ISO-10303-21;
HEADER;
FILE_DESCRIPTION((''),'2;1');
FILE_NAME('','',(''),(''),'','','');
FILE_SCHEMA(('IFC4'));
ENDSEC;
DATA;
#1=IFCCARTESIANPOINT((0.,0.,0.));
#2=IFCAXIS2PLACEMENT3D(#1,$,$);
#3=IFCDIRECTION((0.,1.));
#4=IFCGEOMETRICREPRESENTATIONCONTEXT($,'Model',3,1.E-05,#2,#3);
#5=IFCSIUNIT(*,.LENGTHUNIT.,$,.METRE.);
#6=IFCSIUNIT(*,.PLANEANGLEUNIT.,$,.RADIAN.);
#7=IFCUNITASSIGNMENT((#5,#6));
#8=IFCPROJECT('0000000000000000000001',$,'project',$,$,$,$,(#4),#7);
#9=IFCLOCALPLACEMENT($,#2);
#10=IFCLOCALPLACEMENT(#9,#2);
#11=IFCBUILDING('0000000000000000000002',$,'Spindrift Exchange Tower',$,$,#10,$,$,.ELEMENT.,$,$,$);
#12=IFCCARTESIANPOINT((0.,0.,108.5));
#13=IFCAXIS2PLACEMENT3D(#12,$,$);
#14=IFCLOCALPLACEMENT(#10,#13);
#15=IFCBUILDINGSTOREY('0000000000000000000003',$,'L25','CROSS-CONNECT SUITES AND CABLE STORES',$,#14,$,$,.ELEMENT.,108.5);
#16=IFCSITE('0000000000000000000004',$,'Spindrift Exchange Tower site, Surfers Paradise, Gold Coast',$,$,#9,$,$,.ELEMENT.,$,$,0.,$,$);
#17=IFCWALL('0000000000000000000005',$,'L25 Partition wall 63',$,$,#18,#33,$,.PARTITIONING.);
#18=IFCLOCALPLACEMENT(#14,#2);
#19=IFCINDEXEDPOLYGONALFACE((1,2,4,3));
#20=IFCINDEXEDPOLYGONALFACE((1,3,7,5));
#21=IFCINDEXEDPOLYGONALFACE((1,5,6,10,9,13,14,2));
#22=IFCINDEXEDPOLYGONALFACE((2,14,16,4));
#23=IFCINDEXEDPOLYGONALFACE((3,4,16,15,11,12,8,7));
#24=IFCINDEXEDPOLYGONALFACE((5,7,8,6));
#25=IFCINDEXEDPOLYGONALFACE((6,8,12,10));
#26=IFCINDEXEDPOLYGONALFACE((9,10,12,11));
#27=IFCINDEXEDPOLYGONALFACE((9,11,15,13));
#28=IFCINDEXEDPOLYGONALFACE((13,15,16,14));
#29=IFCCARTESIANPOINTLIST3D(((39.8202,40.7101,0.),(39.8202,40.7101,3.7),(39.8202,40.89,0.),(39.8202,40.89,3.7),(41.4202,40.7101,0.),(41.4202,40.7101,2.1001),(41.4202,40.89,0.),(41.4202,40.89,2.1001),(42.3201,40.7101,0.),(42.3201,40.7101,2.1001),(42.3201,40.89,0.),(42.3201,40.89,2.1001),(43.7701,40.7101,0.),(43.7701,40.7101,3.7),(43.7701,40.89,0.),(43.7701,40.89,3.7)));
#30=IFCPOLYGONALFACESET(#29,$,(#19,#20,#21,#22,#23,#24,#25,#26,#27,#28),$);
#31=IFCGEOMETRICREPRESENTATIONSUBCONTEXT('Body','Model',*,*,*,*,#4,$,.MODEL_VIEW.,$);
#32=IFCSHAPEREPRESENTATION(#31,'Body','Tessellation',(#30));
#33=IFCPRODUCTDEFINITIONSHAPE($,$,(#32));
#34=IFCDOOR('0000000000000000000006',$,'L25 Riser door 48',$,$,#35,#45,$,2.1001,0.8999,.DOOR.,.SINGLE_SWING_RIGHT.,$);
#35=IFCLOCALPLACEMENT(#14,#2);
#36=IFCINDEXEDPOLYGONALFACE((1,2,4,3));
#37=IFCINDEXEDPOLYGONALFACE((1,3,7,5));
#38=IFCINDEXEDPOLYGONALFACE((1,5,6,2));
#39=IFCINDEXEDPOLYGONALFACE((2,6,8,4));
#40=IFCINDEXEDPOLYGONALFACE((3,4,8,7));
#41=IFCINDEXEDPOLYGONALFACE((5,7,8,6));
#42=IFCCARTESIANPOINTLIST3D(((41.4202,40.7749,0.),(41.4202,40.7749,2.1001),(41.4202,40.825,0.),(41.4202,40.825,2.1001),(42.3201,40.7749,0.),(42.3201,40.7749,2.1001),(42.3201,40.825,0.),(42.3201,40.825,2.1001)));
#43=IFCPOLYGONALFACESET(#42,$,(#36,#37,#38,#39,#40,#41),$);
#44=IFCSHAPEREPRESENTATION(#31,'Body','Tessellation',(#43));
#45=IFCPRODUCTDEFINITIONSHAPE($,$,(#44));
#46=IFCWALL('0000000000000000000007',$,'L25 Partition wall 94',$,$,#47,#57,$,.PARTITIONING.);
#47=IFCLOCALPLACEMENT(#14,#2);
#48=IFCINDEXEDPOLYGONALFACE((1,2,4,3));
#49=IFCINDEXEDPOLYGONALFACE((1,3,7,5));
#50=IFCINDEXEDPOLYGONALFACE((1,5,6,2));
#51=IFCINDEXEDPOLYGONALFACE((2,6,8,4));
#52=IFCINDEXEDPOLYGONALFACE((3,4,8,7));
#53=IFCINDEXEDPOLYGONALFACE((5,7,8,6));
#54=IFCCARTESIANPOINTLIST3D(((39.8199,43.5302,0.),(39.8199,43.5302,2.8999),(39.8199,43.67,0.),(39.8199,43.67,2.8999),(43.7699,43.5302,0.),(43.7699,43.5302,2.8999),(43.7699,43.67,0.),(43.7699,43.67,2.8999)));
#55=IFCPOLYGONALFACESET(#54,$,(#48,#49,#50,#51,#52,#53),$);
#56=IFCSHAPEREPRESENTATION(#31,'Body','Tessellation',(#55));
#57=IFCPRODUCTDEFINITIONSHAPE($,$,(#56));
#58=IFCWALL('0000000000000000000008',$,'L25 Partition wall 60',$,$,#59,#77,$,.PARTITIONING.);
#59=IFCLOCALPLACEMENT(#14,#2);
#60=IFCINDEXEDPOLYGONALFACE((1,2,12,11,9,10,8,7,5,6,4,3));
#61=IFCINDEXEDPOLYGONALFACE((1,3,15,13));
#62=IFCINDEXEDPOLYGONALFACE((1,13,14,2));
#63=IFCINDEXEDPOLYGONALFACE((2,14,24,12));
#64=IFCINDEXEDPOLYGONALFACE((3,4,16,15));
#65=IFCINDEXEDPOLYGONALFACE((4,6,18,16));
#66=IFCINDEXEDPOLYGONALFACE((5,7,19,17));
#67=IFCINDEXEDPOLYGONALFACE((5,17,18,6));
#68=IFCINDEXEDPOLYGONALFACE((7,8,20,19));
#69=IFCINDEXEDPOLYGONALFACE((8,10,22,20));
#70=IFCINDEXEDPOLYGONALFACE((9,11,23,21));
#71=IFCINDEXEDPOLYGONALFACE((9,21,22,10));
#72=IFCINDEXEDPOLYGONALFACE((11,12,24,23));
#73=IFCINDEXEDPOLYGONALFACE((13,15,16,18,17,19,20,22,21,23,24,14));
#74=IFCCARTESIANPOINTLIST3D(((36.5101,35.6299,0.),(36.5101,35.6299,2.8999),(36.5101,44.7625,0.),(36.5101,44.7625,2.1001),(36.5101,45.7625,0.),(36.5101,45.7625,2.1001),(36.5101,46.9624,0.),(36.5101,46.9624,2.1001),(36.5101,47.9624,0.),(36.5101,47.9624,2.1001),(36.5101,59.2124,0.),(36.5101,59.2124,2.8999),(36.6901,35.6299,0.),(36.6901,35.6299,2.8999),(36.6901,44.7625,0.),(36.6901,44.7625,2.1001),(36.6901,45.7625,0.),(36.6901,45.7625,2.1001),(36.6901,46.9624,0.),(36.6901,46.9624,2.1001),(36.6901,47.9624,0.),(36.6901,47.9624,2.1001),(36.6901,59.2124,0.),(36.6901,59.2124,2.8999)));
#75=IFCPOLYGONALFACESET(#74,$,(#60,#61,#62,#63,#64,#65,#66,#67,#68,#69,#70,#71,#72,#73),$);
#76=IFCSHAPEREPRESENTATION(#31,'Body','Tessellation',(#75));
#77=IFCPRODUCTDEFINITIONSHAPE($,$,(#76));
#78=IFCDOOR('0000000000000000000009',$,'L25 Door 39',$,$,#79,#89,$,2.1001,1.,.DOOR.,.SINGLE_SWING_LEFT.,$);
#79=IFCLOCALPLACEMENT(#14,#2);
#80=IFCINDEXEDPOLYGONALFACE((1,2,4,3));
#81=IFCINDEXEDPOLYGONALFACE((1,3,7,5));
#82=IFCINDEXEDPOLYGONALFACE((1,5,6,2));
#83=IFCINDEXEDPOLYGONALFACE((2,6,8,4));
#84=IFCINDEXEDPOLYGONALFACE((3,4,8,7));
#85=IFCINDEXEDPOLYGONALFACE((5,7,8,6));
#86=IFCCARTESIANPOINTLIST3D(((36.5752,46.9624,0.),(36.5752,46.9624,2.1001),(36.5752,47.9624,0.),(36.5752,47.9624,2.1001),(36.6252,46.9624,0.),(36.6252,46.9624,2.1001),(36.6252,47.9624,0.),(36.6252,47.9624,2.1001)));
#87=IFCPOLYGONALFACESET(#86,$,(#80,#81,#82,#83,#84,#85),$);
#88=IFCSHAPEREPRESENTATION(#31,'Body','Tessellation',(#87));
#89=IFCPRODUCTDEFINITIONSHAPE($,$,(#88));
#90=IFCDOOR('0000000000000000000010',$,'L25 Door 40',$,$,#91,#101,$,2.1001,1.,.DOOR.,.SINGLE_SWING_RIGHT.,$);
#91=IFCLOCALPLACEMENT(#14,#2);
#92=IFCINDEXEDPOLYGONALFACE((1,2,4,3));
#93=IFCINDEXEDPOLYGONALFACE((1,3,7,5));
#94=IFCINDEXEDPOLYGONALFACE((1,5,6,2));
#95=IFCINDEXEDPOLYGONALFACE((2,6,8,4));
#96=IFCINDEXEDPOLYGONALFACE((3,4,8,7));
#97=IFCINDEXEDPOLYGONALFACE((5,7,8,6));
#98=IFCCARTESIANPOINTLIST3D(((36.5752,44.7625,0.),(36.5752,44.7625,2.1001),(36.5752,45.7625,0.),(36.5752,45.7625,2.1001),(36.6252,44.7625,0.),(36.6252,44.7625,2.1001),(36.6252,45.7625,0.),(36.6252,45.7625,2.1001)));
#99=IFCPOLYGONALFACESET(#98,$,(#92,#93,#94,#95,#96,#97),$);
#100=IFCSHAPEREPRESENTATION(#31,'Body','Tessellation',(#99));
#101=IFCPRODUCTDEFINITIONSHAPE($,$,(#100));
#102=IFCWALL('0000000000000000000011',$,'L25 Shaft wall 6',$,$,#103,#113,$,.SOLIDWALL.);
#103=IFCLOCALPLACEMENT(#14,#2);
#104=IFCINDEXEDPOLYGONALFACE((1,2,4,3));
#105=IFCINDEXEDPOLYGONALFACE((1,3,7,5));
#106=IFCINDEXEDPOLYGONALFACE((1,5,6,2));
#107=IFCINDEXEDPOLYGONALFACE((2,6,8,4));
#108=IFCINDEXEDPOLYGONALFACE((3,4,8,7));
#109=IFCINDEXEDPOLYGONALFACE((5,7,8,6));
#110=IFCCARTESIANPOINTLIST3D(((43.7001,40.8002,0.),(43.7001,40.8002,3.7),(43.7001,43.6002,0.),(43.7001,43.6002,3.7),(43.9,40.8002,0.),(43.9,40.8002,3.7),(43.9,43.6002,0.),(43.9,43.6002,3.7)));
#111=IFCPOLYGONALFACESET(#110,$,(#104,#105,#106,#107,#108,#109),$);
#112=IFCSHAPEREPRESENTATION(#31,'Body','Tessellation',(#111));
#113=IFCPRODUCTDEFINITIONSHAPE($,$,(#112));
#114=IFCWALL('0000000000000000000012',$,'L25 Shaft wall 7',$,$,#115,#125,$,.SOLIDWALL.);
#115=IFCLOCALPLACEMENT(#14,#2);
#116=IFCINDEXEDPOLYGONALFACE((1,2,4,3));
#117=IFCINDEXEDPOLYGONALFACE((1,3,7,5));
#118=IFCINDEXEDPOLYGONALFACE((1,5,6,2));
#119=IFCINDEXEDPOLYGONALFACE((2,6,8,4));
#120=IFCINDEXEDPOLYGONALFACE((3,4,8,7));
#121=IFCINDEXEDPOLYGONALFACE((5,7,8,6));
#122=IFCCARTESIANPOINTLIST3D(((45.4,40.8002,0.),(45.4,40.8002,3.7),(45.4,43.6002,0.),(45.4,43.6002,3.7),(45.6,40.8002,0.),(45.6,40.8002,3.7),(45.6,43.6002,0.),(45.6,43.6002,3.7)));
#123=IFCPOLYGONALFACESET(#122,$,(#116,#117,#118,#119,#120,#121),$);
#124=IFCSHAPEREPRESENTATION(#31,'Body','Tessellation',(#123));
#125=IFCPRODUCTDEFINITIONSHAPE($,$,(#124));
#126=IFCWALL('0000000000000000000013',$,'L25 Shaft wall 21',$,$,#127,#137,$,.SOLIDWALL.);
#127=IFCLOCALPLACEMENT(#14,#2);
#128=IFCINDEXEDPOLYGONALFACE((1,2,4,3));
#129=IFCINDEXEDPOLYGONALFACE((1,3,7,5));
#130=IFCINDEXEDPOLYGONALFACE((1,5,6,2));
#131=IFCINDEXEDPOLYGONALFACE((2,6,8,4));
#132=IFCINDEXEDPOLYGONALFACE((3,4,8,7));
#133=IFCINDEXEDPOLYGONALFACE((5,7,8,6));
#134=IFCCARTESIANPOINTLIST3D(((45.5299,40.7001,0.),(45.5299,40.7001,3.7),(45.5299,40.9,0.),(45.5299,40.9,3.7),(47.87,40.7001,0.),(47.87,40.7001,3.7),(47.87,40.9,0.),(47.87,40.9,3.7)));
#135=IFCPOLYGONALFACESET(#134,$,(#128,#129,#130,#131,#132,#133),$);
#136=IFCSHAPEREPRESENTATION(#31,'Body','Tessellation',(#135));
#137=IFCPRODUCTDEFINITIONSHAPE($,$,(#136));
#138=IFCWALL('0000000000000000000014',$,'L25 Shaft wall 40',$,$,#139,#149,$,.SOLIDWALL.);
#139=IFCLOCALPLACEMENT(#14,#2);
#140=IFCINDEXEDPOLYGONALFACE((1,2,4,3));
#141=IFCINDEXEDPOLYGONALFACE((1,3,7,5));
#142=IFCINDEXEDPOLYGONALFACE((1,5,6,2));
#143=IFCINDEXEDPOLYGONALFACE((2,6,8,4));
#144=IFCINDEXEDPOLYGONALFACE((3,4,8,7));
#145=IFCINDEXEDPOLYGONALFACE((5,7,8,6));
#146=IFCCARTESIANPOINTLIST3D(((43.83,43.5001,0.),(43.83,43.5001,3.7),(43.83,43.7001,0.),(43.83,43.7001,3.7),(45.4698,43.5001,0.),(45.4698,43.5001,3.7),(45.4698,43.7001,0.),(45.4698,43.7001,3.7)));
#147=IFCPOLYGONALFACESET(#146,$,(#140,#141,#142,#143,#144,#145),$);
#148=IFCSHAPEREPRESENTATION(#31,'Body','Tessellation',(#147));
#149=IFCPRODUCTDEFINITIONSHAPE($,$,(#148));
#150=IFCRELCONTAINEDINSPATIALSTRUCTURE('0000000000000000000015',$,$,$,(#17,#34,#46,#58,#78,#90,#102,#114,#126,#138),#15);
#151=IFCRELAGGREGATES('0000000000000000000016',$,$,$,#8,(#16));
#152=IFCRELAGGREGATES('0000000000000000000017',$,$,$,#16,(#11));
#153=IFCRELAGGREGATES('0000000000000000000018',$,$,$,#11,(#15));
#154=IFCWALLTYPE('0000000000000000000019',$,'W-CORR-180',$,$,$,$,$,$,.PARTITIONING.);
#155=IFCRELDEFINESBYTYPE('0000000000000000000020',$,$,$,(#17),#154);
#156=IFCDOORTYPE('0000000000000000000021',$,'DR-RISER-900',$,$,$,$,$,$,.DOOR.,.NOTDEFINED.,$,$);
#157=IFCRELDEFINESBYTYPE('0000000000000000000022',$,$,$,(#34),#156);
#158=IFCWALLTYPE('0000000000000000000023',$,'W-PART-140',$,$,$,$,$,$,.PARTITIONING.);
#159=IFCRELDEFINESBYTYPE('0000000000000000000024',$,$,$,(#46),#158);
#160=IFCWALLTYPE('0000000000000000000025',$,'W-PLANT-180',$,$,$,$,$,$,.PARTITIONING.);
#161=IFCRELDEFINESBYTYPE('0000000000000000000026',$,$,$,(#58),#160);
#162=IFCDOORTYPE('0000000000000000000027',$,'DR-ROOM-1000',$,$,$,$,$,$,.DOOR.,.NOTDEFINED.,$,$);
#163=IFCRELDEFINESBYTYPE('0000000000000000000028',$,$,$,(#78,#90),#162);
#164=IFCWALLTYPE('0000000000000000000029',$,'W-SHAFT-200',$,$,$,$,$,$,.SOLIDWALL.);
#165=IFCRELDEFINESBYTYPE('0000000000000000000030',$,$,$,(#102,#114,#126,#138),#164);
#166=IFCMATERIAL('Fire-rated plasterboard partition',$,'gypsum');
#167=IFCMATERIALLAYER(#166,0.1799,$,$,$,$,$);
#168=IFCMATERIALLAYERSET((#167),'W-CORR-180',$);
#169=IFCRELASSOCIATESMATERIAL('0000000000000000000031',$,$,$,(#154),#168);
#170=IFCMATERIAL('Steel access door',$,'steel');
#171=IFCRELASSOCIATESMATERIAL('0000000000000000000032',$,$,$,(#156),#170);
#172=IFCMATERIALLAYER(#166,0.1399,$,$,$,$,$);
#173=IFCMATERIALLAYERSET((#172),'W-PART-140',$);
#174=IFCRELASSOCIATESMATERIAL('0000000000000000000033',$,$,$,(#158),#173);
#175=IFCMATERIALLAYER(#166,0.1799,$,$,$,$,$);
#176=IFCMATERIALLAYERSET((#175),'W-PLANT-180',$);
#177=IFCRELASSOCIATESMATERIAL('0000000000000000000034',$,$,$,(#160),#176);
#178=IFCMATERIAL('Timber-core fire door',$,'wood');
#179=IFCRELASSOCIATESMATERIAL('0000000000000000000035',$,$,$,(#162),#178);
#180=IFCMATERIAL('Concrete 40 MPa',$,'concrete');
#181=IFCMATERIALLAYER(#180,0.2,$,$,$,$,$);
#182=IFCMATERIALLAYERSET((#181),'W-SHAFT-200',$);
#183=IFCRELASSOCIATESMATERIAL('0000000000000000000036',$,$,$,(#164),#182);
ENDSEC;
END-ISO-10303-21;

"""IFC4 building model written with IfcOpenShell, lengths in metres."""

from ifc_helpers import new_model, si_unit, direction, frame, frame_2d, origin, place, context, subcontext, project, spatial, rectangle, extrude, source, transform, mapped, material, layer, layer_set, type_object, element, fill, save


model = new_model("IFC4")

# Units and contexts
model_context = context("Model", 3, precision=1e-05, world=origin(), true_north=direction((0.0, 1.0)))
body_context = subcontext(model_context, "Body", "Model", "MODEL_VIEW")
ifc_project = project(units=[si_unit("LENGTHUNIT", "METRE"), si_unit("PLANEANGLEUNIT", "RADIAN")], contexts=[model_context])

# Site, building, storey
site_placement = place(None, origin())
site = spatial("IfcSite", under=ifc_project, at=site_placement, Name="Spindrift Exchange Tower site, Surfers Paradise, Gold Coast", CompositionType="ELEMENT", RefElevation=0.0)
building_placement = place(site_placement, origin())
building = spatial("IfcBuilding", under=site, at=building_placement, Name="Spindrift Exchange Tower", CompositionType="ELEMENT")
storey_placement = place(building_placement, frame((0.0, 0.0, 108.5)))
storey = spatial("IfcBuildingStorey", under=building, at=storey_placement, Name="L25", Description="CROSS-CONNECT SUITES AND CABLE STORES", CompositionType="ELEMENT", Elevation=108.5)

# Wall, opening, door
ifc_material_1 = material(Name="Fire-rated plasterboard partition", Category="gypsum")
ifc_layer_1 = layer(ifc_material_1, 0.1799)
ifc_layer_set_1 = layer_set([ifc_layer_1], Name="W-CORR-180")
wall_type_1 = type_object("IfcWallType", Name="W-CORR-180", PredefinedType="PARTITIONING", material=ifc_layer_set_1)
wall_1_placement = place(storey_placement, frame((39.8201, 40.8, 0.0), z_axis=(0.0, 0.0, 1.0), x_axis=(1.0, 0.0, 0.0)))
wall_1 = element("IfcWall", 1, at=wall_1_placement, inside=storey, type_object=wall_type_1, Name="L25 Partition wall 63", PredefinedType="PARTITIONING", context=body_context, shape_type="SweptSolid", body=[
    extrude(rectangle(XDim=3.95, YDim=0.1799, at=frame_2d((1.9751, 0.0))), origin(), (0.0, 0.0, 1.0), 3.7),
])
opening_1_placement = place(wall_1_placement, frame((1.6001, 0.0, 0.0)))
opening_1 = element("IfcOpeningElement", 2, at=opening_1_placement, cuts=wall_1, PredefinedType="OPENING", context=body_context, shape_type="SweptSolid", body=[
    extrude(rectangle(XDim=0.8999, YDim=2.1001, at=frame_2d((0.45, 1.05))), frame((0.0, 0.0999, 0.0), z_axis=(0.0, -1.0, 0.0), x_axis=(1.0, 0.0, 0.0)), (0.0, 0.0, 1.0), 0.2),
])
ifc_material_2 = material(Name="Steel access door", Category="steel")
door_type_1 = type_object("IfcDoorType", Name="DR-RISER-900", OperationType="NOTDEFINED", PredefinedType="DOOR", material=ifc_material_2)
shared_shape_1 = source(origin(), body_context, "Body", "SweptSolid", [
    extrude(rectangle(XDim=0.8999, YDim=2.1001, at=frame_2d((0.45, 1.05))), frame((0.0, 0.0249, 0.0), z_axis=(0.0, -1.0, 0.0), x_axis=(1.0, 0.0, 0.0)), (0.0, 0.0, 1.0), 0.05),
])
door_1_placement = place(opening_1_placement, origin())
door_1 = element("IfcDoor", 3, at=door_1_placement, inside=storey, type_object=door_type_1, Name="L25 Riser door 48", OperationType="SINGLE_SWING_RIGHT", OverallHeight=2.1001, OverallWidth=0.8999, PredefinedType="DOOR", context=body_context, shape_type="MappedRepresentation", body=[
    mapped(shared_shape_1, transform((0.0, 0.0, 0.0), scale=1.0)),
])
fill(opening_1, door_1)

# Wall
ifc_layer_2 = layer(ifc_material_1, 0.1399)
ifc_layer_set_2 = layer_set([ifc_layer_2], Name="W-PART-140")
wall_type_2 = type_object("IfcWallType", Name="W-PART-140", PredefinedType="PARTITIONING", material=ifc_layer_set_2)
wall_2_placement = place(storey_placement, frame((43.77, 43.6001, 0.0), z_axis=(0.0, 0.0, 1.0), x_axis=(-1.0, 0.0, 0.0)))
element("IfcWall", 4, at=wall_2_placement, inside=storey, type_object=wall_type_2, Name="L25 Partition wall 94", PredefinedType="PARTITIONING", context=body_context, shape_type="SweptSolid", body=[
    extrude(rectangle(XDim=3.95, YDim=0.1399, at=frame_2d((1.9751, 0.0))), origin(), (0.0, 0.0, 1.0), 2.8999),
])

# Wall, openings, doors
ifc_layer_3 = layer(ifc_material_1, 0.1799)
ifc_layer_set_3 = layer_set([ifc_layer_3], Name="W-PLANT-180")
wall_type_3 = type_object("IfcWallType", Name="W-PLANT-180", PredefinedType="PARTITIONING", material=ifc_layer_set_3)
wall_3_placement = place(storey_placement, frame((36.6001, 35.6299, 0.0), z_axis=(0.0, 0.0, 1.0), x_axis=(0.0, 1.0, 0.0)))
wall_3 = element("IfcWall", 5, at=wall_3_placement, inside=storey, type_object=wall_type_3, Name="L25 Partition wall 60", PredefinedType="PARTITIONING", context=body_context, shape_type="SweptSolid", body=[
    extrude(rectangle(XDim=23.5825, YDim=0.1799, at=frame_2d((11.7913, 0.0))), origin(), (0.0, 0.0, 1.0), 2.8999),
])
opening_2_placement = place(wall_3_placement, frame((11.3325, 0.0, 0.0)))
opening_2 = element("IfcOpeningElement", 6, at=opening_2_placement, cuts=wall_3, PredefinedType="OPENING", context=body_context, shape_type="SweptSolid", body=[
    extrude(rectangle(XDim=1.0, YDim=2.1001, at=frame_2d((0.5, 1.05))), frame((0.0, 0.0999, 0.0), z_axis=(0.0, -1.0, 0.0), x_axis=(1.0, 0.0, 0.0)), (0.0, 0.0, 1.0), 0.2),
])
opening_3_placement = place(wall_3_placement, frame((9.1326, 0.0, 0.0)))
opening_3 = element("IfcOpeningElement", 7, at=opening_3_placement, cuts=wall_3, PredefinedType="OPENING", context=body_context, shape_type="SweptSolid", body=[
    extrude(rectangle(XDim=1.0, YDim=2.1001, at=frame_2d((0.5, 1.05))), frame((0.0, 0.0999, 0.0), z_axis=(0.0, -1.0, 0.0), x_axis=(1.0, 0.0, 0.0)), (0.0, 0.0, 1.0), 0.2),
])
ifc_material_3 = material(Name="Timber-core fire door", Category="wood")
door_type_2 = type_object("IfcDoorType", Name="DR-ROOM-1000", OperationType="NOTDEFINED", PredefinedType="DOOR", material=ifc_material_3)
shared_shape_2 = source(origin(), body_context, "Body", "SweptSolid", [
    extrude(rectangle(XDim=1.0, YDim=2.1001, at=frame_2d((0.5, 1.05))), frame((0.0, 0.0249, 0.0), z_axis=(0.0, -1.0, 0.0), x_axis=(1.0, 0.0, 0.0)), (0.0, 0.0, 1.0), 0.05),
])
door_2_placement = place(opening_2_placement, origin())
door_2 = element("IfcDoor", 8, at=door_2_placement, inside=storey, type_object=door_type_2, Name="L25 Door 39", OperationType="SINGLE_SWING_LEFT", OverallHeight=2.1001, OverallWidth=1.0, PredefinedType="DOOR", context=body_context, shape_type="MappedRepresentation", body=[
    mapped(shared_shape_2, transform((0.0, 0.0, 0.0), scale=1.0)),
])
fill(opening_2, door_2)
door_3_placement = place(opening_3_placement, origin())
door_3 = element("IfcDoor", 9, at=door_3_placement, inside=storey, type_object=door_type_2, Name="L25 Door 40", OperationType="SINGLE_SWING_RIGHT", OverallHeight=2.1001, OverallWidth=1.0, PredefinedType="DOOR", context=body_context, shape_type="MappedRepresentation", body=[
    mapped(shared_shape_2, transform((0.0, 0.0, 0.0), scale=1.0)),
])
fill(opening_3, door_3)

# Walls
ifc_material_4 = material(Name="Concrete 40 MPa", Category="concrete")
ifc_layer_4 = layer(ifc_material_4, 0.2)
ifc_layer_set_4 = layer_set([ifc_layer_4], Name="W-SHAFT-200")
wall_type_4 = type_object("IfcWallType", Name="W-SHAFT-200", PredefinedType="SOLIDWALL", material=ifc_layer_set_4)
for number, where, z_axis, x_axis, name in (
    (10, (43.8, 43.6001, 0.0), (0.0, 0.0, 1.0), (0.0, -1.0, 0.0), "L25 Shaft wall 6"),
    (11, (45.5, 43.6001, 0.0), (0.0, 0.0, 1.0), (0.0, -1.0, 0.0), "L25 Shaft wall 7"),
):
    element("IfcWall", number, at=place(storey_placement, frame(where, z_axis=z_axis, x_axis=x_axis)), inside=storey, type_object=wall_type_4, Name=name, PredefinedType="SOLIDWALL", context=body_context, shape_type="SweptSolid", body=[
        extrude(rectangle(XDim=2.8, YDim=0.2, at=frame_2d((1.3999, 0.0))), origin(), (0.0, 0.0, 1.0), 3.7),
    ])
wall_4_placement = place(storey_placement, frame((45.53, 40.8, 0.0), z_axis=(0.0, 0.0, 1.0), x_axis=(1.0, 0.0, 0.0)))
element("IfcWall", 12, at=wall_4_placement, inside=storey, type_object=wall_type_4, Name="L25 Shaft wall 21", PredefinedType="SOLIDWALL", context=body_context, shape_type="SweptSolid", body=[
    extrude(rectangle(XDim=2.3401, YDim=0.2, at=frame_2d((1.1699, 0.0))), origin(), (0.0, 0.0, 1.0), 3.7),
])
wall_5_placement = place(storey_placement, frame((43.8301, 43.6001, 0.0), z_axis=(0.0, 0.0, 1.0), x_axis=(1.0, 0.0, 0.0)))
element("IfcWall", 13, at=wall_5_placement, inside=storey, type_object=wall_type_4, Name="L25 Shaft wall 40", PredefinedType="SOLIDWALL", context=body_context, shape_type="SweptSolid", body=[
    extrude(rectangle(XDim=1.6399, YDim=0.2, at=frame_2d((0.8198, 0.0))), origin(), (0.0, 0.0, 1.0), 3.7),
])

save(model, "model.ifc")
